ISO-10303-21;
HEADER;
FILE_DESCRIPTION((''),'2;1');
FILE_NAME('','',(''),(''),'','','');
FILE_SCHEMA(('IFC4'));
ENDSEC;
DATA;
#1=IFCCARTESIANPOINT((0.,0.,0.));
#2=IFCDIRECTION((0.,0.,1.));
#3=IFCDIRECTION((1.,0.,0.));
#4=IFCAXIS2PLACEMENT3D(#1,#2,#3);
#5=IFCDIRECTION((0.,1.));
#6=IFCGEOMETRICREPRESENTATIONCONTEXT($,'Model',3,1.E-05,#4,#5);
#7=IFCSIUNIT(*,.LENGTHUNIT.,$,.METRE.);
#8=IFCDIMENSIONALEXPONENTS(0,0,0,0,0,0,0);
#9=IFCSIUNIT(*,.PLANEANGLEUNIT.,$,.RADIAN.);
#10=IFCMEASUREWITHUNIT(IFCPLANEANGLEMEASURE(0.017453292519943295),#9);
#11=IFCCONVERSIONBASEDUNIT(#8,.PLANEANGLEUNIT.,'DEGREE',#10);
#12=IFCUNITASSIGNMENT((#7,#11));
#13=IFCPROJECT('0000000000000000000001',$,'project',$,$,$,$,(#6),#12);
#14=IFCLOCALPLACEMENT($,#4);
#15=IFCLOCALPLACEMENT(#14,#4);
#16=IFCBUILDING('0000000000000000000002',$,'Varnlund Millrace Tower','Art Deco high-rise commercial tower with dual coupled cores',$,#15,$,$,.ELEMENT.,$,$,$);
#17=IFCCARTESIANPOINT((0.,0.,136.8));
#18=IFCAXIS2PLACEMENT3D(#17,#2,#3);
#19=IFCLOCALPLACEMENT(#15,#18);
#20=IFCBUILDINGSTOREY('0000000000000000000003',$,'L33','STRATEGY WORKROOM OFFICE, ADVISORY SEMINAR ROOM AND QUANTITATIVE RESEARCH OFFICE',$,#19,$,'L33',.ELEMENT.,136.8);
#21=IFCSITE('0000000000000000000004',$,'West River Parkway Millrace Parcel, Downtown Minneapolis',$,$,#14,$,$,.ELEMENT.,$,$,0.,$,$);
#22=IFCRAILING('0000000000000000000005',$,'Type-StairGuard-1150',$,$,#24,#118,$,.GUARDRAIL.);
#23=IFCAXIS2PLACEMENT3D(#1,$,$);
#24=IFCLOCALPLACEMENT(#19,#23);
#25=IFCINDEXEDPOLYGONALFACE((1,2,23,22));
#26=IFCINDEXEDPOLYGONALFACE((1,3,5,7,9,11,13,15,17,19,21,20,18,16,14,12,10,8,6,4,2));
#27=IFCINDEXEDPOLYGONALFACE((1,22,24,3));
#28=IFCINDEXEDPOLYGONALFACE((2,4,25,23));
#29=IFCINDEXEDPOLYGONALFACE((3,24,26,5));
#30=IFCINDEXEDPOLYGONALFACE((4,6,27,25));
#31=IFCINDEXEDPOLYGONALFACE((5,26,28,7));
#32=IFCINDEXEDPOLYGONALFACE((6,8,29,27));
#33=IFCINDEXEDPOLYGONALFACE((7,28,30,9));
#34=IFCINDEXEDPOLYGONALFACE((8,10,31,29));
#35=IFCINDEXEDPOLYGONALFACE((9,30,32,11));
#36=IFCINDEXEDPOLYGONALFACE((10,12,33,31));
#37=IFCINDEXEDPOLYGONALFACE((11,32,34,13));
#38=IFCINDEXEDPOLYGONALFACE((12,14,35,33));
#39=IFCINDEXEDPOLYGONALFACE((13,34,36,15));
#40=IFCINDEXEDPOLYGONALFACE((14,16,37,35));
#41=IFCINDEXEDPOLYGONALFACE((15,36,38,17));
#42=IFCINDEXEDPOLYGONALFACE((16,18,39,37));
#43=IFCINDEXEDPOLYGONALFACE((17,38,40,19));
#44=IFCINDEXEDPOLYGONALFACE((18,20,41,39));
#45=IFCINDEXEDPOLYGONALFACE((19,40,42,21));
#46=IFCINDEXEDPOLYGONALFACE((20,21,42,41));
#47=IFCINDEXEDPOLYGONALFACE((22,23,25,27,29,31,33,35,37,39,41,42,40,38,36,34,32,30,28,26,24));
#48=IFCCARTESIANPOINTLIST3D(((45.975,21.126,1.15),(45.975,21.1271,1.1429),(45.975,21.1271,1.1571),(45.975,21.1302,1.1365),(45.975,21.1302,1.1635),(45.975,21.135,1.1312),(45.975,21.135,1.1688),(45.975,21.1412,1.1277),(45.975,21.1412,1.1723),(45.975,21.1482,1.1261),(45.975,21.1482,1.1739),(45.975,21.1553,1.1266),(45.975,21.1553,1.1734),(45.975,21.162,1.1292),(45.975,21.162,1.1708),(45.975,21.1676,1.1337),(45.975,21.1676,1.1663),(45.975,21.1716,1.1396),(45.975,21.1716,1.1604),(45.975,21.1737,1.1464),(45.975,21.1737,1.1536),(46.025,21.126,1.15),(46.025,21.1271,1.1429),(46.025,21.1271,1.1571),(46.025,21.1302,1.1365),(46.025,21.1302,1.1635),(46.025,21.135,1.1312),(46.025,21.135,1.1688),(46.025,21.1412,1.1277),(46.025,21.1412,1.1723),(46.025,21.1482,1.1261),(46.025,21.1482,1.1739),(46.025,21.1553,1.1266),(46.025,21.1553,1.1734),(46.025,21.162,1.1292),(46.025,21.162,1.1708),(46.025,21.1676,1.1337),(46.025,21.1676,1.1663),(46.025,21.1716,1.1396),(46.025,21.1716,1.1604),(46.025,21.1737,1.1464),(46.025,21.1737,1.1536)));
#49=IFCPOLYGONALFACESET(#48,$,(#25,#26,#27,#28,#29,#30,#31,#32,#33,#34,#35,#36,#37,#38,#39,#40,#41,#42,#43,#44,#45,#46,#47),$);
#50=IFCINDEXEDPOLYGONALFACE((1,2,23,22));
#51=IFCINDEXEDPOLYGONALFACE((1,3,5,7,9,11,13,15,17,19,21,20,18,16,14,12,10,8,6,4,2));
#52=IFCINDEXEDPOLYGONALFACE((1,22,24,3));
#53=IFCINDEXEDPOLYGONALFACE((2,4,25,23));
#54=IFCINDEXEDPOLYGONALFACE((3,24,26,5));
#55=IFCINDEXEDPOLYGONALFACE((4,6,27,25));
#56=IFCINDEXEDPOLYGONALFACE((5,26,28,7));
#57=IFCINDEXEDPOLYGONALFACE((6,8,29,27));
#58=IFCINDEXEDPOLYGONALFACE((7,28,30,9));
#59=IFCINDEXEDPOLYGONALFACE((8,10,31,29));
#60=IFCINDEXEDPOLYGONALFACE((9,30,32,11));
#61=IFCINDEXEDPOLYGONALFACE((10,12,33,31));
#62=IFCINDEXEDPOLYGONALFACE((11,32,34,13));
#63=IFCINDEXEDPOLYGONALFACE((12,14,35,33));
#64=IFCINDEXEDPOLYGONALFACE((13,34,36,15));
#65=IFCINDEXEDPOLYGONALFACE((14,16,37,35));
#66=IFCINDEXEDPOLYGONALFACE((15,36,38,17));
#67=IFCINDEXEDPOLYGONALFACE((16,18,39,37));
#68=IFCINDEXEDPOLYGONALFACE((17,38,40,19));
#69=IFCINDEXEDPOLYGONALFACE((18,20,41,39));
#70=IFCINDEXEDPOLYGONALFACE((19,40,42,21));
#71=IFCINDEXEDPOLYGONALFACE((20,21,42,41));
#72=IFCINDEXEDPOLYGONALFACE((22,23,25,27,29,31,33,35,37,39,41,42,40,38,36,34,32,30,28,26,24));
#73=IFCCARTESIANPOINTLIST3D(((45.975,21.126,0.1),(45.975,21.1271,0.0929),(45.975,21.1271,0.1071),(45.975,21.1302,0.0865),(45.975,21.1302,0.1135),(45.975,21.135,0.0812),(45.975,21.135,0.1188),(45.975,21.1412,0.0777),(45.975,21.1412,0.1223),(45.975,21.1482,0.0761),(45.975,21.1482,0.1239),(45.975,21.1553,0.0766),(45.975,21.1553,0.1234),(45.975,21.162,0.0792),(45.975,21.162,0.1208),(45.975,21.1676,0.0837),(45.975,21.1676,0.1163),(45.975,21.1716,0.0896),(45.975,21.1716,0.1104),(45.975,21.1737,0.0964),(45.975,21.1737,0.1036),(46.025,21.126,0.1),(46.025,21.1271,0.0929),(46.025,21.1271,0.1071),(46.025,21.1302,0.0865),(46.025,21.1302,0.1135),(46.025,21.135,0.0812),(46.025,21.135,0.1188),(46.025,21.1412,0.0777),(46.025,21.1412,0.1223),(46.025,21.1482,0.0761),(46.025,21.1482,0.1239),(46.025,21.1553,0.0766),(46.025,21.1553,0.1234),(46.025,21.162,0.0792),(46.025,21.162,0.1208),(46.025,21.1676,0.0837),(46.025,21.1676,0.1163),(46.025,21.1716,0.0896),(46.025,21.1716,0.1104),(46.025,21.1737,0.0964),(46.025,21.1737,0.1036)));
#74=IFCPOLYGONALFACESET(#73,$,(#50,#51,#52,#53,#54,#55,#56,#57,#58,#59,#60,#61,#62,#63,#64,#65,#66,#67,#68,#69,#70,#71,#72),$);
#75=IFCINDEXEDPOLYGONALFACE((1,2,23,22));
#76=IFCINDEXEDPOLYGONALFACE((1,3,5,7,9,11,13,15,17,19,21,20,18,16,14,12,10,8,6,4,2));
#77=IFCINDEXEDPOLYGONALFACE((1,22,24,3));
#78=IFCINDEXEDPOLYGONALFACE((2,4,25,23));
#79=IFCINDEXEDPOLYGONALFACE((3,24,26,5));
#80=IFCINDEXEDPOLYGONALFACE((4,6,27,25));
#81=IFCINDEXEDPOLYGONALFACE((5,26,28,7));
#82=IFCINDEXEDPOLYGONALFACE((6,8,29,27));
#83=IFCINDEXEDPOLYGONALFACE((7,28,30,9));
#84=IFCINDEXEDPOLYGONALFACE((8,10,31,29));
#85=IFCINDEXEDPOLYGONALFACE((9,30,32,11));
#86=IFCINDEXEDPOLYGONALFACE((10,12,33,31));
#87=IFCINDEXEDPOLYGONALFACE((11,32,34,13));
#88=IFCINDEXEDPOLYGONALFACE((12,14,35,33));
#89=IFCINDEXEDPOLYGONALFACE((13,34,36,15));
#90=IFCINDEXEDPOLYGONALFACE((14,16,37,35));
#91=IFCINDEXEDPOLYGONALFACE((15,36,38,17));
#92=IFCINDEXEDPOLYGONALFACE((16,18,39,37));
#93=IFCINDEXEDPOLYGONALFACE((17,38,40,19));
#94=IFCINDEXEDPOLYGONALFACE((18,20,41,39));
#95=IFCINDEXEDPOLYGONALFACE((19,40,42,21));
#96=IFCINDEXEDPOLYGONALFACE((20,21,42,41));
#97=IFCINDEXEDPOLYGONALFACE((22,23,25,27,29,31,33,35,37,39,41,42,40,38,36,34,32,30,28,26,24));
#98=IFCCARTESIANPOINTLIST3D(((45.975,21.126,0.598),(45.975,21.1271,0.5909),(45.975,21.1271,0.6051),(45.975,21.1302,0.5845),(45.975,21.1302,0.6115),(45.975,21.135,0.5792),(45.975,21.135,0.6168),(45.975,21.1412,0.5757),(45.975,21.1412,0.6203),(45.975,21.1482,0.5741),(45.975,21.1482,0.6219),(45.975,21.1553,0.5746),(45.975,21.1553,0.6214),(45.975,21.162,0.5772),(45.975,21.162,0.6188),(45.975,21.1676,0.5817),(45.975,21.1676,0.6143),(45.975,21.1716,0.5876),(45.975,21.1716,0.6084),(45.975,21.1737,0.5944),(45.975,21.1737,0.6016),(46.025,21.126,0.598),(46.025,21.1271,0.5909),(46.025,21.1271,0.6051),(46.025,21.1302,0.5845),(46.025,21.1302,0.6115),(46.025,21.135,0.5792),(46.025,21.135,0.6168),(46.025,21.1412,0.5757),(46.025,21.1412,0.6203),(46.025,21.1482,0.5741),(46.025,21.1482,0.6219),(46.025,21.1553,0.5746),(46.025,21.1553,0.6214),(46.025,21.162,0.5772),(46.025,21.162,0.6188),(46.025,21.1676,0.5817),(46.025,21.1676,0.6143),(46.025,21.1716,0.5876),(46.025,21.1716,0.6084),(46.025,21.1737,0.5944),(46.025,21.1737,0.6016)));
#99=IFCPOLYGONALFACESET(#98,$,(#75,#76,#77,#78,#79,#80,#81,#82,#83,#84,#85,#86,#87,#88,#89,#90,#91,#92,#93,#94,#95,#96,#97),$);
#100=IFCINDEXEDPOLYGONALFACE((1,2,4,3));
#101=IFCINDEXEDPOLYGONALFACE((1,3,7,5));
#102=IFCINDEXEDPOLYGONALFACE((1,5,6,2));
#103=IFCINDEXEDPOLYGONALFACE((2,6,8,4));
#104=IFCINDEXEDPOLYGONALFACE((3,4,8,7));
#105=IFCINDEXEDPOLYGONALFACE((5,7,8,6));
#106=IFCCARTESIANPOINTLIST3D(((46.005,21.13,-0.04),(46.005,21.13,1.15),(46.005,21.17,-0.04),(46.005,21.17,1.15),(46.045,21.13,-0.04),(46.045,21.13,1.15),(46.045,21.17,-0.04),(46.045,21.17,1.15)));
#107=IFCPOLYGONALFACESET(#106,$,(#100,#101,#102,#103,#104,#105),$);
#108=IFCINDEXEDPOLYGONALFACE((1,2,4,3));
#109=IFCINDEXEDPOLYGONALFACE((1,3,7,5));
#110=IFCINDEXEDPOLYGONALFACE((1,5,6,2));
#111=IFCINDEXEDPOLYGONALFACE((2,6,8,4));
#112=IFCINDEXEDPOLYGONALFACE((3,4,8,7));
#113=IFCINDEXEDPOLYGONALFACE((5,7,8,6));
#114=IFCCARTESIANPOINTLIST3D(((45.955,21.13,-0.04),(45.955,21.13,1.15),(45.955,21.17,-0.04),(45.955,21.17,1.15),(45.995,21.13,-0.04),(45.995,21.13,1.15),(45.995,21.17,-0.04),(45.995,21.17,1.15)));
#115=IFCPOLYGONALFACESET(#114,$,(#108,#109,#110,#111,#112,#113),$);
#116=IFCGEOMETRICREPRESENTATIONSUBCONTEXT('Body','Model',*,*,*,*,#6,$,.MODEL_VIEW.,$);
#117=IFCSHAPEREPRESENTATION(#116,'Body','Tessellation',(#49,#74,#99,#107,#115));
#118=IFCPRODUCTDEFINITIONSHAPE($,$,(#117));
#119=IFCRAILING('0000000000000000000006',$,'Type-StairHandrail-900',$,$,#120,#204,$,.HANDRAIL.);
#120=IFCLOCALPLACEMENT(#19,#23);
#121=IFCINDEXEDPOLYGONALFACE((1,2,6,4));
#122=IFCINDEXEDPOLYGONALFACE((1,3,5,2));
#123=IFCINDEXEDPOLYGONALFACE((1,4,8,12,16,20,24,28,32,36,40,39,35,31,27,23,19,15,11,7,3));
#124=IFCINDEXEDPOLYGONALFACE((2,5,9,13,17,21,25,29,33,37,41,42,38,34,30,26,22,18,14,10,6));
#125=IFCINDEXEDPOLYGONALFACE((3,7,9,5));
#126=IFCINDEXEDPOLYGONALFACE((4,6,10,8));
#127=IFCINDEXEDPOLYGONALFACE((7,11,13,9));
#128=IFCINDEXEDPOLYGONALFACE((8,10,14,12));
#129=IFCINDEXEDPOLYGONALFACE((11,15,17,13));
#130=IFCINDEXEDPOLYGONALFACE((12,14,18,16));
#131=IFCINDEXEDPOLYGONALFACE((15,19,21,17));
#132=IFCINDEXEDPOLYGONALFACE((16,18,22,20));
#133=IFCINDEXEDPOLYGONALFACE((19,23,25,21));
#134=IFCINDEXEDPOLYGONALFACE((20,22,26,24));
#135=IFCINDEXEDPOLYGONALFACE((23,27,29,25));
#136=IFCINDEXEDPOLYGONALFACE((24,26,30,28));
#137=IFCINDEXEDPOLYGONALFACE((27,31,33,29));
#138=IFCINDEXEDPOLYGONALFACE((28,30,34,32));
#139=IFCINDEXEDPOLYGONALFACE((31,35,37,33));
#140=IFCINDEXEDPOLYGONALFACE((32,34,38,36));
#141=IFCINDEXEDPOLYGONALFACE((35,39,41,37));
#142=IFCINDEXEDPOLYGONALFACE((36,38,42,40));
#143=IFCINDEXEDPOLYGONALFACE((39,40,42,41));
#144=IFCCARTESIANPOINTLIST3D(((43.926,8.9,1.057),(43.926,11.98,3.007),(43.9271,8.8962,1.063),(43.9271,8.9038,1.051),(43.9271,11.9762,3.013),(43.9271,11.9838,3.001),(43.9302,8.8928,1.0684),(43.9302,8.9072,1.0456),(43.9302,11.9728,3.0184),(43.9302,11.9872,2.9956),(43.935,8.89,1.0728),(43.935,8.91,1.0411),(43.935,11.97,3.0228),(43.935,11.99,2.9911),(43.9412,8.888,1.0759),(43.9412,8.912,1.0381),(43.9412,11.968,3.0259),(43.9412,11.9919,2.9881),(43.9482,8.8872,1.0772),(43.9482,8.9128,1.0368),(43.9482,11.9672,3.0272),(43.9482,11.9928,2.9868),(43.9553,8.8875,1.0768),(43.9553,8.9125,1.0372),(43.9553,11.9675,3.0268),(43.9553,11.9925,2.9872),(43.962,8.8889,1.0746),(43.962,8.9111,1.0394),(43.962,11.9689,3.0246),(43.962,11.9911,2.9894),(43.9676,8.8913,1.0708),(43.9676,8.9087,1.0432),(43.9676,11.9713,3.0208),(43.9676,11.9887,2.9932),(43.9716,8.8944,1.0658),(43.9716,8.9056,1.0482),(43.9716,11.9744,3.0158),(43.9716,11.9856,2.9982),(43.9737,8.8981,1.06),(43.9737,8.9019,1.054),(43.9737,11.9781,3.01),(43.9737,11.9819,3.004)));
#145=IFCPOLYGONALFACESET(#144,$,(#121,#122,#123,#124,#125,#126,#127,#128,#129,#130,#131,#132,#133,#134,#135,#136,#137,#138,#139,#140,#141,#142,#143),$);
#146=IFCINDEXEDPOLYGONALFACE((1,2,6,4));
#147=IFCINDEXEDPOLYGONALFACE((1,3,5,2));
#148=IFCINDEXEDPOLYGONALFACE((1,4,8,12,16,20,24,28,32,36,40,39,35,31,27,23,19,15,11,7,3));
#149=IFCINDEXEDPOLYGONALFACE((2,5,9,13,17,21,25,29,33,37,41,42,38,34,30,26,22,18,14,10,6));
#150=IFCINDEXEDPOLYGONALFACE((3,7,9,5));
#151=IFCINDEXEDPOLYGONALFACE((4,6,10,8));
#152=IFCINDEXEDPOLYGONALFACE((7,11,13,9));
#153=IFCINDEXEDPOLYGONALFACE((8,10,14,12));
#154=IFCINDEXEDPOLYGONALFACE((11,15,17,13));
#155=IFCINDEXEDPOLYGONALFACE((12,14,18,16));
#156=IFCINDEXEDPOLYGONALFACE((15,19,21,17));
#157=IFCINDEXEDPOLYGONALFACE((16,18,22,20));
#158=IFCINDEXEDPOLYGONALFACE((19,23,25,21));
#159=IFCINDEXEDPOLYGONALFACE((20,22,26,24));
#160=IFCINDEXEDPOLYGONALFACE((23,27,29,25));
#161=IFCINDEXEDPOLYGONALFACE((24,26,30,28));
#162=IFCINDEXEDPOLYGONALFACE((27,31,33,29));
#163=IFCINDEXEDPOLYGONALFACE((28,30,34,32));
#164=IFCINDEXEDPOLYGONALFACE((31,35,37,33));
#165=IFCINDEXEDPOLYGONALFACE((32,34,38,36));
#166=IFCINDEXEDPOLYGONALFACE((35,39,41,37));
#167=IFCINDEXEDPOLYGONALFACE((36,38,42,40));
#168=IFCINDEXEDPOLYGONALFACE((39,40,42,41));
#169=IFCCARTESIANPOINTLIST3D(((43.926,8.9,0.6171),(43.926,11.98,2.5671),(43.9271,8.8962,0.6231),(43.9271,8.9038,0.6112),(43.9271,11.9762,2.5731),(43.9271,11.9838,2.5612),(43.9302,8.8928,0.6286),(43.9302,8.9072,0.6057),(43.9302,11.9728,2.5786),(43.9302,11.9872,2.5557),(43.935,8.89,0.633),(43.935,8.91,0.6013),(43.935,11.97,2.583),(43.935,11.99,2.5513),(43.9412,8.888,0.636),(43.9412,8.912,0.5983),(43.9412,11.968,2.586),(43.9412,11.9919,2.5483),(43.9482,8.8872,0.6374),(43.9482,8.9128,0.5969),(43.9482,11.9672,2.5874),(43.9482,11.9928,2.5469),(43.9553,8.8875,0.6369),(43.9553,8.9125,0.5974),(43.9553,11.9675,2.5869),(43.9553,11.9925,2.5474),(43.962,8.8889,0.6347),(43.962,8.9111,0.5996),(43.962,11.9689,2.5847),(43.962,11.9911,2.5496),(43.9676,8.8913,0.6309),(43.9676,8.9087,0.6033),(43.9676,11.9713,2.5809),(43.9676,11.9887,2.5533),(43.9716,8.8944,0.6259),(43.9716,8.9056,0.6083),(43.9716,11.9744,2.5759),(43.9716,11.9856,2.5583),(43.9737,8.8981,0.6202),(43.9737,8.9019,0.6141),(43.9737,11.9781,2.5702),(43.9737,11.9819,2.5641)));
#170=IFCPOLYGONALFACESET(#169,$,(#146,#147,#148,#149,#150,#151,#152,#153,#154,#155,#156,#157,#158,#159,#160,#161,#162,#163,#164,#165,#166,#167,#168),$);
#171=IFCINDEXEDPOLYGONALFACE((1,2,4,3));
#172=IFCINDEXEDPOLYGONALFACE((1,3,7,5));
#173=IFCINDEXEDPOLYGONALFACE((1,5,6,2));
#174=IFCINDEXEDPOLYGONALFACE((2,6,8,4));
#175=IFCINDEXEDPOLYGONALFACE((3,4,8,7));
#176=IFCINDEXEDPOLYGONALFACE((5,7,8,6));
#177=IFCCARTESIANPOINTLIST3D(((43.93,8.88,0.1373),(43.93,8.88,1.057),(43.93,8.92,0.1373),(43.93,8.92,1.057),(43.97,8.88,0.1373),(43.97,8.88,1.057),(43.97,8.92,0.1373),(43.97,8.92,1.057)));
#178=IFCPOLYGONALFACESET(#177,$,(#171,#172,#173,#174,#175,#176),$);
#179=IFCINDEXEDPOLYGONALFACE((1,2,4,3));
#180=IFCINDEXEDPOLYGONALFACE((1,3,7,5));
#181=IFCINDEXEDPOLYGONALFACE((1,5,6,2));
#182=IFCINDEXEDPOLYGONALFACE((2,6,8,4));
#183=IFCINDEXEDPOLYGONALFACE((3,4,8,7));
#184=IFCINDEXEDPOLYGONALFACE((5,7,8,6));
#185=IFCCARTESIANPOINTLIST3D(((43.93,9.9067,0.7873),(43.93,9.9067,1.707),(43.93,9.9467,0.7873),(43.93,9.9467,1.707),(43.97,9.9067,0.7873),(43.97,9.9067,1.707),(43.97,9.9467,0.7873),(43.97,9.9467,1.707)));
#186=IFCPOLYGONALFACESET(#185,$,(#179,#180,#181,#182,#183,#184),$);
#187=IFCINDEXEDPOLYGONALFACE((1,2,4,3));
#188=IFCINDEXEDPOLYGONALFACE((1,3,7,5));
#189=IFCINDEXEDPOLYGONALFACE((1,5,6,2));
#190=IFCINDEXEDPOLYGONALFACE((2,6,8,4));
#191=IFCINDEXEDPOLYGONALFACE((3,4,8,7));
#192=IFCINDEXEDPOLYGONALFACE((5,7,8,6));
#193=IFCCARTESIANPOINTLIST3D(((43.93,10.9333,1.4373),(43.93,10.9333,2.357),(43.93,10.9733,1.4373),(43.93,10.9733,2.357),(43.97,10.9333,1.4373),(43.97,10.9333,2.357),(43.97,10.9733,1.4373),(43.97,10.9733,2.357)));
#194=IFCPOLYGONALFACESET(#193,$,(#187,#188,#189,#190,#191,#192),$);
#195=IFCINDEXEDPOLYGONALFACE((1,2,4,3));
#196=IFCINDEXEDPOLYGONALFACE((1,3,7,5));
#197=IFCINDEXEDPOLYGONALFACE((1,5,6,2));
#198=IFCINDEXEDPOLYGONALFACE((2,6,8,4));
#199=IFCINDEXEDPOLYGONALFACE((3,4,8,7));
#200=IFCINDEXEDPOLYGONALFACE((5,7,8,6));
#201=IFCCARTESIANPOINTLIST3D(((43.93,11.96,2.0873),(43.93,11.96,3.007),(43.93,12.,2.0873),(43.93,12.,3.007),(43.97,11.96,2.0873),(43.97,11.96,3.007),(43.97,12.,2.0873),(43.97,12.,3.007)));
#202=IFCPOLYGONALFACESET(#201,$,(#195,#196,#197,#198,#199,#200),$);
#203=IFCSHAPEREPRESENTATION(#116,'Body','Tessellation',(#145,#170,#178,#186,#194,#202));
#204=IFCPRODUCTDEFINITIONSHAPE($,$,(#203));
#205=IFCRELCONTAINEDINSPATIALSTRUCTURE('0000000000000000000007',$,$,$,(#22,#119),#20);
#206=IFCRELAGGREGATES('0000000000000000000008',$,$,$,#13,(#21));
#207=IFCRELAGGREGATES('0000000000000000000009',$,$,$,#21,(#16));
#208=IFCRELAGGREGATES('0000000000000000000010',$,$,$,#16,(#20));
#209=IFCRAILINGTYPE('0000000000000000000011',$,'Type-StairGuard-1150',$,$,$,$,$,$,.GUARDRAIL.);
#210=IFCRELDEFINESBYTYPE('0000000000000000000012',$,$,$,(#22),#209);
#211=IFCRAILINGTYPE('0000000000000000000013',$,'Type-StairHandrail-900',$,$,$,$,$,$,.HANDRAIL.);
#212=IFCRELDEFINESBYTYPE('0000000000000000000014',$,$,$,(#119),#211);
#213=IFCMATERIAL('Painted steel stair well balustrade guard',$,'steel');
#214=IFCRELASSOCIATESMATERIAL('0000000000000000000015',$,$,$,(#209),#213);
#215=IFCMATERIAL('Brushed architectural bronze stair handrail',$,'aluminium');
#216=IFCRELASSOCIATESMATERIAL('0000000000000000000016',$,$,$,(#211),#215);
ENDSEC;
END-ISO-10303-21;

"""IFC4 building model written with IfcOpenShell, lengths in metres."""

from ifc_helpers import new_model, entity, si_unit, converted_unit, direction, frame, origin_with_axes, origin_2d_with_axis, place, context, subcontext, project, spatial, rectangle, circle, extrude, material, type_object, element, save


model = new_model("IFC4")

# Units and contexts
model_context = context("Model", 3, precision=1e-05, world=origin_with_axes(), true_north=direction((0.0, 1.0)))
body_context = subcontext(model_context, "Body", "Model", "MODEL_VIEW")
ifc_project = project(units=[si_unit("LENGTHUNIT", "METRE"), converted_unit("PLANEANGLEUNIT", "DEGREE", entity("IfcPlaneAngleMeasure", 0.017453292519943295), si_unit("PLANEANGLEUNIT", "RADIAN"), dimensions=[0, 0, 0, 0, 0, 0, 0])], contexts=[model_context])

# Site, building, storey
site_placement = place(None, origin_with_axes())
site = spatial("IfcSite", under=ifc_project, at=site_placement, Name="West River Parkway Millrace Parcel, Downtown Minneapolis", CompositionType="ELEMENT", RefElevation=0.0)
building_placement = place(site_placement, origin_with_axes())
building = spatial("IfcBuilding", under=site, at=building_placement, Name="Varnlund Millrace Tower", Description="Art Deco high-rise commercial tower with dual coupled cores", CompositionType="ELEMENT")
storey_placement = place(building_placement, frame((0.0, 0.0, 136.8), z_axis=(0.0, 0.0, 1.0), x_axis=(1.0, 0.0, 0.0)))
storey = spatial("IfcBuildingStorey", under=building, at=storey_placement, Name="L33", Description="STRATEGY WORKROOM OFFICE, ADVISORY SEMINAR ROOM AND QUANTITATIVE RESEARCH OFFICE", LongName="L33", CompositionType="ELEMENT", Elevation=136.8)

# Railings
ifc_material_1 = material(Name="Painted steel stair well balustrade guard", Category="steel")
railing_type_1 = type_object("IfcRailingType", Name="Type-StairGuard-1150", PredefinedType="GUARDRAIL", material=ifc_material_1)
railing_1_placement = place(storey_placement, frame((0.0, 0.0, -136.8), z_axis=(0.0, 0.0, 1.0), x_axis=(1.0, 0.0, 0.0)))
element("IfcRailing", 1, at=railing_1_placement, inside=storey, type_object=railing_type_1, Name="Type-StairGuard-1150", PredefinedType="GUARDRAIL", context=body_context, shape_type="SweptSolid", body=[
    extrude(circle(Radius=0.024, at=origin_2d_with_axis()), frame((46.025, 21.15, 137.95), z_axis=(-1.0, 0.0, 0.0), x_axis=(0.0, -1.0, 0.0)), (0.0, 0.0, 1.0), 0.05),
    extrude(circle(Radius=0.024, at=origin_2d_with_axis()), frame((46.025, 21.15, 136.9), z_axis=(-1.0, 0.0, 0.0), x_axis=(0.0, -1.0, 0.0)), (0.0, 0.0, 1.0), 0.05),
    extrude(circle(Radius=0.024, at=origin_2d_with_axis()), frame((46.025, 21.15, 137.398), z_axis=(-1.0, 0.0, 0.0), x_axis=(0.0, -1.0, 0.0)), (0.0, 0.0, 1.0), 0.05),
    extrude(rectangle(XDim=0.04, YDim=0.04, at=origin_2d_with_axis()), frame((46.025, 21.15, 136.76), z_axis=(0.0, 0.0, 1.0), x_axis=(1.0, 0.0, 0.0)), (0.0, 0.0, 1.0), 1.19),
    extrude(rectangle(XDim=0.04, YDim=0.04, at=origin_2d_with_axis()), frame((45.975, 21.15, 136.76), z_axis=(0.0, 0.0, 1.0), x_axis=(1.0, 0.0, 0.0)), (0.0, 0.0, 1.0), 1.19),
])
ifc_material_2 = material(Name="Brushed architectural bronze stair handrail", Category="aluminium")
railing_type_2 = type_object("IfcRailingType", Name="Type-StairHandrail-900", PredefinedType="HANDRAIL", material=ifc_material_2)
railing_2_placement = place(storey_placement, frame((0.0, 0.0, -136.8), z_axis=(0.0, 0.0, 1.0), x_axis=(1.0, 0.0, 0.0)))
element("IfcRailing", 2, at=railing_2_placement, inside=storey, type_object=railing_type_2, Name="Type-StairHandrail-900", PredefinedType="HANDRAIL", context=body_context, shape_type="SweptSolid", body=[
    extrude(circle(Radius=0.024, at=origin_2d_with_axis()), frame((43.95, 8.9, 137.857), z_axis=(0.0, 0.844902, 0.534922), x_axis=(-1.0, 0.0, 0.0)), (0.0, 0.0, 1.0), 3.6454),
    extrude(circle(Radius=0.024, at=origin_2d_with_axis()), frame((43.95, 8.9, 137.4171), z_axis=(0.0, 0.844902, 0.534922), x_axis=(-1.0, 0.0, 0.0)), (0.0, 0.0, 1.0), 3.6454),
    extrude(rectangle(XDim=0.04, YDim=0.04, at=origin_2d_with_axis()), frame((43.95, 8.9, 136.9373), z_axis=(0.0, 0.0, 1.0), x_axis=(1.0, 0.0, 0.0)), (0.0, 0.0, 1.0), 0.9197),
    extrude(rectangle(XDim=0.04, YDim=0.04, at=origin_2d_with_axis()), frame((43.95, 9.9267, 137.5873), z_axis=(0.0, 0.0, 1.0), x_axis=(1.0, 0.0, 0.0)), (0.0, 0.0, 1.0), 0.9197),
    extrude(rectangle(XDim=0.04, YDim=0.04, at=origin_2d_with_axis()), frame((43.95, 10.9533, 138.2373), z_axis=(0.0, 0.0, 1.0), x_axis=(1.0, 0.0, 0.0)), (0.0, 0.0, 1.0), 0.9197),
    extrude(rectangle(XDim=0.04, YDim=0.04, at=origin_2d_with_axis()), frame((43.95, 11.98, 138.8873), z_axis=(0.0, 0.0, 1.0), x_axis=(1.0, 0.0, 0.0)), (0.0, 0.0, 1.0), 0.9197),
])

save(model, "model.ifc")
